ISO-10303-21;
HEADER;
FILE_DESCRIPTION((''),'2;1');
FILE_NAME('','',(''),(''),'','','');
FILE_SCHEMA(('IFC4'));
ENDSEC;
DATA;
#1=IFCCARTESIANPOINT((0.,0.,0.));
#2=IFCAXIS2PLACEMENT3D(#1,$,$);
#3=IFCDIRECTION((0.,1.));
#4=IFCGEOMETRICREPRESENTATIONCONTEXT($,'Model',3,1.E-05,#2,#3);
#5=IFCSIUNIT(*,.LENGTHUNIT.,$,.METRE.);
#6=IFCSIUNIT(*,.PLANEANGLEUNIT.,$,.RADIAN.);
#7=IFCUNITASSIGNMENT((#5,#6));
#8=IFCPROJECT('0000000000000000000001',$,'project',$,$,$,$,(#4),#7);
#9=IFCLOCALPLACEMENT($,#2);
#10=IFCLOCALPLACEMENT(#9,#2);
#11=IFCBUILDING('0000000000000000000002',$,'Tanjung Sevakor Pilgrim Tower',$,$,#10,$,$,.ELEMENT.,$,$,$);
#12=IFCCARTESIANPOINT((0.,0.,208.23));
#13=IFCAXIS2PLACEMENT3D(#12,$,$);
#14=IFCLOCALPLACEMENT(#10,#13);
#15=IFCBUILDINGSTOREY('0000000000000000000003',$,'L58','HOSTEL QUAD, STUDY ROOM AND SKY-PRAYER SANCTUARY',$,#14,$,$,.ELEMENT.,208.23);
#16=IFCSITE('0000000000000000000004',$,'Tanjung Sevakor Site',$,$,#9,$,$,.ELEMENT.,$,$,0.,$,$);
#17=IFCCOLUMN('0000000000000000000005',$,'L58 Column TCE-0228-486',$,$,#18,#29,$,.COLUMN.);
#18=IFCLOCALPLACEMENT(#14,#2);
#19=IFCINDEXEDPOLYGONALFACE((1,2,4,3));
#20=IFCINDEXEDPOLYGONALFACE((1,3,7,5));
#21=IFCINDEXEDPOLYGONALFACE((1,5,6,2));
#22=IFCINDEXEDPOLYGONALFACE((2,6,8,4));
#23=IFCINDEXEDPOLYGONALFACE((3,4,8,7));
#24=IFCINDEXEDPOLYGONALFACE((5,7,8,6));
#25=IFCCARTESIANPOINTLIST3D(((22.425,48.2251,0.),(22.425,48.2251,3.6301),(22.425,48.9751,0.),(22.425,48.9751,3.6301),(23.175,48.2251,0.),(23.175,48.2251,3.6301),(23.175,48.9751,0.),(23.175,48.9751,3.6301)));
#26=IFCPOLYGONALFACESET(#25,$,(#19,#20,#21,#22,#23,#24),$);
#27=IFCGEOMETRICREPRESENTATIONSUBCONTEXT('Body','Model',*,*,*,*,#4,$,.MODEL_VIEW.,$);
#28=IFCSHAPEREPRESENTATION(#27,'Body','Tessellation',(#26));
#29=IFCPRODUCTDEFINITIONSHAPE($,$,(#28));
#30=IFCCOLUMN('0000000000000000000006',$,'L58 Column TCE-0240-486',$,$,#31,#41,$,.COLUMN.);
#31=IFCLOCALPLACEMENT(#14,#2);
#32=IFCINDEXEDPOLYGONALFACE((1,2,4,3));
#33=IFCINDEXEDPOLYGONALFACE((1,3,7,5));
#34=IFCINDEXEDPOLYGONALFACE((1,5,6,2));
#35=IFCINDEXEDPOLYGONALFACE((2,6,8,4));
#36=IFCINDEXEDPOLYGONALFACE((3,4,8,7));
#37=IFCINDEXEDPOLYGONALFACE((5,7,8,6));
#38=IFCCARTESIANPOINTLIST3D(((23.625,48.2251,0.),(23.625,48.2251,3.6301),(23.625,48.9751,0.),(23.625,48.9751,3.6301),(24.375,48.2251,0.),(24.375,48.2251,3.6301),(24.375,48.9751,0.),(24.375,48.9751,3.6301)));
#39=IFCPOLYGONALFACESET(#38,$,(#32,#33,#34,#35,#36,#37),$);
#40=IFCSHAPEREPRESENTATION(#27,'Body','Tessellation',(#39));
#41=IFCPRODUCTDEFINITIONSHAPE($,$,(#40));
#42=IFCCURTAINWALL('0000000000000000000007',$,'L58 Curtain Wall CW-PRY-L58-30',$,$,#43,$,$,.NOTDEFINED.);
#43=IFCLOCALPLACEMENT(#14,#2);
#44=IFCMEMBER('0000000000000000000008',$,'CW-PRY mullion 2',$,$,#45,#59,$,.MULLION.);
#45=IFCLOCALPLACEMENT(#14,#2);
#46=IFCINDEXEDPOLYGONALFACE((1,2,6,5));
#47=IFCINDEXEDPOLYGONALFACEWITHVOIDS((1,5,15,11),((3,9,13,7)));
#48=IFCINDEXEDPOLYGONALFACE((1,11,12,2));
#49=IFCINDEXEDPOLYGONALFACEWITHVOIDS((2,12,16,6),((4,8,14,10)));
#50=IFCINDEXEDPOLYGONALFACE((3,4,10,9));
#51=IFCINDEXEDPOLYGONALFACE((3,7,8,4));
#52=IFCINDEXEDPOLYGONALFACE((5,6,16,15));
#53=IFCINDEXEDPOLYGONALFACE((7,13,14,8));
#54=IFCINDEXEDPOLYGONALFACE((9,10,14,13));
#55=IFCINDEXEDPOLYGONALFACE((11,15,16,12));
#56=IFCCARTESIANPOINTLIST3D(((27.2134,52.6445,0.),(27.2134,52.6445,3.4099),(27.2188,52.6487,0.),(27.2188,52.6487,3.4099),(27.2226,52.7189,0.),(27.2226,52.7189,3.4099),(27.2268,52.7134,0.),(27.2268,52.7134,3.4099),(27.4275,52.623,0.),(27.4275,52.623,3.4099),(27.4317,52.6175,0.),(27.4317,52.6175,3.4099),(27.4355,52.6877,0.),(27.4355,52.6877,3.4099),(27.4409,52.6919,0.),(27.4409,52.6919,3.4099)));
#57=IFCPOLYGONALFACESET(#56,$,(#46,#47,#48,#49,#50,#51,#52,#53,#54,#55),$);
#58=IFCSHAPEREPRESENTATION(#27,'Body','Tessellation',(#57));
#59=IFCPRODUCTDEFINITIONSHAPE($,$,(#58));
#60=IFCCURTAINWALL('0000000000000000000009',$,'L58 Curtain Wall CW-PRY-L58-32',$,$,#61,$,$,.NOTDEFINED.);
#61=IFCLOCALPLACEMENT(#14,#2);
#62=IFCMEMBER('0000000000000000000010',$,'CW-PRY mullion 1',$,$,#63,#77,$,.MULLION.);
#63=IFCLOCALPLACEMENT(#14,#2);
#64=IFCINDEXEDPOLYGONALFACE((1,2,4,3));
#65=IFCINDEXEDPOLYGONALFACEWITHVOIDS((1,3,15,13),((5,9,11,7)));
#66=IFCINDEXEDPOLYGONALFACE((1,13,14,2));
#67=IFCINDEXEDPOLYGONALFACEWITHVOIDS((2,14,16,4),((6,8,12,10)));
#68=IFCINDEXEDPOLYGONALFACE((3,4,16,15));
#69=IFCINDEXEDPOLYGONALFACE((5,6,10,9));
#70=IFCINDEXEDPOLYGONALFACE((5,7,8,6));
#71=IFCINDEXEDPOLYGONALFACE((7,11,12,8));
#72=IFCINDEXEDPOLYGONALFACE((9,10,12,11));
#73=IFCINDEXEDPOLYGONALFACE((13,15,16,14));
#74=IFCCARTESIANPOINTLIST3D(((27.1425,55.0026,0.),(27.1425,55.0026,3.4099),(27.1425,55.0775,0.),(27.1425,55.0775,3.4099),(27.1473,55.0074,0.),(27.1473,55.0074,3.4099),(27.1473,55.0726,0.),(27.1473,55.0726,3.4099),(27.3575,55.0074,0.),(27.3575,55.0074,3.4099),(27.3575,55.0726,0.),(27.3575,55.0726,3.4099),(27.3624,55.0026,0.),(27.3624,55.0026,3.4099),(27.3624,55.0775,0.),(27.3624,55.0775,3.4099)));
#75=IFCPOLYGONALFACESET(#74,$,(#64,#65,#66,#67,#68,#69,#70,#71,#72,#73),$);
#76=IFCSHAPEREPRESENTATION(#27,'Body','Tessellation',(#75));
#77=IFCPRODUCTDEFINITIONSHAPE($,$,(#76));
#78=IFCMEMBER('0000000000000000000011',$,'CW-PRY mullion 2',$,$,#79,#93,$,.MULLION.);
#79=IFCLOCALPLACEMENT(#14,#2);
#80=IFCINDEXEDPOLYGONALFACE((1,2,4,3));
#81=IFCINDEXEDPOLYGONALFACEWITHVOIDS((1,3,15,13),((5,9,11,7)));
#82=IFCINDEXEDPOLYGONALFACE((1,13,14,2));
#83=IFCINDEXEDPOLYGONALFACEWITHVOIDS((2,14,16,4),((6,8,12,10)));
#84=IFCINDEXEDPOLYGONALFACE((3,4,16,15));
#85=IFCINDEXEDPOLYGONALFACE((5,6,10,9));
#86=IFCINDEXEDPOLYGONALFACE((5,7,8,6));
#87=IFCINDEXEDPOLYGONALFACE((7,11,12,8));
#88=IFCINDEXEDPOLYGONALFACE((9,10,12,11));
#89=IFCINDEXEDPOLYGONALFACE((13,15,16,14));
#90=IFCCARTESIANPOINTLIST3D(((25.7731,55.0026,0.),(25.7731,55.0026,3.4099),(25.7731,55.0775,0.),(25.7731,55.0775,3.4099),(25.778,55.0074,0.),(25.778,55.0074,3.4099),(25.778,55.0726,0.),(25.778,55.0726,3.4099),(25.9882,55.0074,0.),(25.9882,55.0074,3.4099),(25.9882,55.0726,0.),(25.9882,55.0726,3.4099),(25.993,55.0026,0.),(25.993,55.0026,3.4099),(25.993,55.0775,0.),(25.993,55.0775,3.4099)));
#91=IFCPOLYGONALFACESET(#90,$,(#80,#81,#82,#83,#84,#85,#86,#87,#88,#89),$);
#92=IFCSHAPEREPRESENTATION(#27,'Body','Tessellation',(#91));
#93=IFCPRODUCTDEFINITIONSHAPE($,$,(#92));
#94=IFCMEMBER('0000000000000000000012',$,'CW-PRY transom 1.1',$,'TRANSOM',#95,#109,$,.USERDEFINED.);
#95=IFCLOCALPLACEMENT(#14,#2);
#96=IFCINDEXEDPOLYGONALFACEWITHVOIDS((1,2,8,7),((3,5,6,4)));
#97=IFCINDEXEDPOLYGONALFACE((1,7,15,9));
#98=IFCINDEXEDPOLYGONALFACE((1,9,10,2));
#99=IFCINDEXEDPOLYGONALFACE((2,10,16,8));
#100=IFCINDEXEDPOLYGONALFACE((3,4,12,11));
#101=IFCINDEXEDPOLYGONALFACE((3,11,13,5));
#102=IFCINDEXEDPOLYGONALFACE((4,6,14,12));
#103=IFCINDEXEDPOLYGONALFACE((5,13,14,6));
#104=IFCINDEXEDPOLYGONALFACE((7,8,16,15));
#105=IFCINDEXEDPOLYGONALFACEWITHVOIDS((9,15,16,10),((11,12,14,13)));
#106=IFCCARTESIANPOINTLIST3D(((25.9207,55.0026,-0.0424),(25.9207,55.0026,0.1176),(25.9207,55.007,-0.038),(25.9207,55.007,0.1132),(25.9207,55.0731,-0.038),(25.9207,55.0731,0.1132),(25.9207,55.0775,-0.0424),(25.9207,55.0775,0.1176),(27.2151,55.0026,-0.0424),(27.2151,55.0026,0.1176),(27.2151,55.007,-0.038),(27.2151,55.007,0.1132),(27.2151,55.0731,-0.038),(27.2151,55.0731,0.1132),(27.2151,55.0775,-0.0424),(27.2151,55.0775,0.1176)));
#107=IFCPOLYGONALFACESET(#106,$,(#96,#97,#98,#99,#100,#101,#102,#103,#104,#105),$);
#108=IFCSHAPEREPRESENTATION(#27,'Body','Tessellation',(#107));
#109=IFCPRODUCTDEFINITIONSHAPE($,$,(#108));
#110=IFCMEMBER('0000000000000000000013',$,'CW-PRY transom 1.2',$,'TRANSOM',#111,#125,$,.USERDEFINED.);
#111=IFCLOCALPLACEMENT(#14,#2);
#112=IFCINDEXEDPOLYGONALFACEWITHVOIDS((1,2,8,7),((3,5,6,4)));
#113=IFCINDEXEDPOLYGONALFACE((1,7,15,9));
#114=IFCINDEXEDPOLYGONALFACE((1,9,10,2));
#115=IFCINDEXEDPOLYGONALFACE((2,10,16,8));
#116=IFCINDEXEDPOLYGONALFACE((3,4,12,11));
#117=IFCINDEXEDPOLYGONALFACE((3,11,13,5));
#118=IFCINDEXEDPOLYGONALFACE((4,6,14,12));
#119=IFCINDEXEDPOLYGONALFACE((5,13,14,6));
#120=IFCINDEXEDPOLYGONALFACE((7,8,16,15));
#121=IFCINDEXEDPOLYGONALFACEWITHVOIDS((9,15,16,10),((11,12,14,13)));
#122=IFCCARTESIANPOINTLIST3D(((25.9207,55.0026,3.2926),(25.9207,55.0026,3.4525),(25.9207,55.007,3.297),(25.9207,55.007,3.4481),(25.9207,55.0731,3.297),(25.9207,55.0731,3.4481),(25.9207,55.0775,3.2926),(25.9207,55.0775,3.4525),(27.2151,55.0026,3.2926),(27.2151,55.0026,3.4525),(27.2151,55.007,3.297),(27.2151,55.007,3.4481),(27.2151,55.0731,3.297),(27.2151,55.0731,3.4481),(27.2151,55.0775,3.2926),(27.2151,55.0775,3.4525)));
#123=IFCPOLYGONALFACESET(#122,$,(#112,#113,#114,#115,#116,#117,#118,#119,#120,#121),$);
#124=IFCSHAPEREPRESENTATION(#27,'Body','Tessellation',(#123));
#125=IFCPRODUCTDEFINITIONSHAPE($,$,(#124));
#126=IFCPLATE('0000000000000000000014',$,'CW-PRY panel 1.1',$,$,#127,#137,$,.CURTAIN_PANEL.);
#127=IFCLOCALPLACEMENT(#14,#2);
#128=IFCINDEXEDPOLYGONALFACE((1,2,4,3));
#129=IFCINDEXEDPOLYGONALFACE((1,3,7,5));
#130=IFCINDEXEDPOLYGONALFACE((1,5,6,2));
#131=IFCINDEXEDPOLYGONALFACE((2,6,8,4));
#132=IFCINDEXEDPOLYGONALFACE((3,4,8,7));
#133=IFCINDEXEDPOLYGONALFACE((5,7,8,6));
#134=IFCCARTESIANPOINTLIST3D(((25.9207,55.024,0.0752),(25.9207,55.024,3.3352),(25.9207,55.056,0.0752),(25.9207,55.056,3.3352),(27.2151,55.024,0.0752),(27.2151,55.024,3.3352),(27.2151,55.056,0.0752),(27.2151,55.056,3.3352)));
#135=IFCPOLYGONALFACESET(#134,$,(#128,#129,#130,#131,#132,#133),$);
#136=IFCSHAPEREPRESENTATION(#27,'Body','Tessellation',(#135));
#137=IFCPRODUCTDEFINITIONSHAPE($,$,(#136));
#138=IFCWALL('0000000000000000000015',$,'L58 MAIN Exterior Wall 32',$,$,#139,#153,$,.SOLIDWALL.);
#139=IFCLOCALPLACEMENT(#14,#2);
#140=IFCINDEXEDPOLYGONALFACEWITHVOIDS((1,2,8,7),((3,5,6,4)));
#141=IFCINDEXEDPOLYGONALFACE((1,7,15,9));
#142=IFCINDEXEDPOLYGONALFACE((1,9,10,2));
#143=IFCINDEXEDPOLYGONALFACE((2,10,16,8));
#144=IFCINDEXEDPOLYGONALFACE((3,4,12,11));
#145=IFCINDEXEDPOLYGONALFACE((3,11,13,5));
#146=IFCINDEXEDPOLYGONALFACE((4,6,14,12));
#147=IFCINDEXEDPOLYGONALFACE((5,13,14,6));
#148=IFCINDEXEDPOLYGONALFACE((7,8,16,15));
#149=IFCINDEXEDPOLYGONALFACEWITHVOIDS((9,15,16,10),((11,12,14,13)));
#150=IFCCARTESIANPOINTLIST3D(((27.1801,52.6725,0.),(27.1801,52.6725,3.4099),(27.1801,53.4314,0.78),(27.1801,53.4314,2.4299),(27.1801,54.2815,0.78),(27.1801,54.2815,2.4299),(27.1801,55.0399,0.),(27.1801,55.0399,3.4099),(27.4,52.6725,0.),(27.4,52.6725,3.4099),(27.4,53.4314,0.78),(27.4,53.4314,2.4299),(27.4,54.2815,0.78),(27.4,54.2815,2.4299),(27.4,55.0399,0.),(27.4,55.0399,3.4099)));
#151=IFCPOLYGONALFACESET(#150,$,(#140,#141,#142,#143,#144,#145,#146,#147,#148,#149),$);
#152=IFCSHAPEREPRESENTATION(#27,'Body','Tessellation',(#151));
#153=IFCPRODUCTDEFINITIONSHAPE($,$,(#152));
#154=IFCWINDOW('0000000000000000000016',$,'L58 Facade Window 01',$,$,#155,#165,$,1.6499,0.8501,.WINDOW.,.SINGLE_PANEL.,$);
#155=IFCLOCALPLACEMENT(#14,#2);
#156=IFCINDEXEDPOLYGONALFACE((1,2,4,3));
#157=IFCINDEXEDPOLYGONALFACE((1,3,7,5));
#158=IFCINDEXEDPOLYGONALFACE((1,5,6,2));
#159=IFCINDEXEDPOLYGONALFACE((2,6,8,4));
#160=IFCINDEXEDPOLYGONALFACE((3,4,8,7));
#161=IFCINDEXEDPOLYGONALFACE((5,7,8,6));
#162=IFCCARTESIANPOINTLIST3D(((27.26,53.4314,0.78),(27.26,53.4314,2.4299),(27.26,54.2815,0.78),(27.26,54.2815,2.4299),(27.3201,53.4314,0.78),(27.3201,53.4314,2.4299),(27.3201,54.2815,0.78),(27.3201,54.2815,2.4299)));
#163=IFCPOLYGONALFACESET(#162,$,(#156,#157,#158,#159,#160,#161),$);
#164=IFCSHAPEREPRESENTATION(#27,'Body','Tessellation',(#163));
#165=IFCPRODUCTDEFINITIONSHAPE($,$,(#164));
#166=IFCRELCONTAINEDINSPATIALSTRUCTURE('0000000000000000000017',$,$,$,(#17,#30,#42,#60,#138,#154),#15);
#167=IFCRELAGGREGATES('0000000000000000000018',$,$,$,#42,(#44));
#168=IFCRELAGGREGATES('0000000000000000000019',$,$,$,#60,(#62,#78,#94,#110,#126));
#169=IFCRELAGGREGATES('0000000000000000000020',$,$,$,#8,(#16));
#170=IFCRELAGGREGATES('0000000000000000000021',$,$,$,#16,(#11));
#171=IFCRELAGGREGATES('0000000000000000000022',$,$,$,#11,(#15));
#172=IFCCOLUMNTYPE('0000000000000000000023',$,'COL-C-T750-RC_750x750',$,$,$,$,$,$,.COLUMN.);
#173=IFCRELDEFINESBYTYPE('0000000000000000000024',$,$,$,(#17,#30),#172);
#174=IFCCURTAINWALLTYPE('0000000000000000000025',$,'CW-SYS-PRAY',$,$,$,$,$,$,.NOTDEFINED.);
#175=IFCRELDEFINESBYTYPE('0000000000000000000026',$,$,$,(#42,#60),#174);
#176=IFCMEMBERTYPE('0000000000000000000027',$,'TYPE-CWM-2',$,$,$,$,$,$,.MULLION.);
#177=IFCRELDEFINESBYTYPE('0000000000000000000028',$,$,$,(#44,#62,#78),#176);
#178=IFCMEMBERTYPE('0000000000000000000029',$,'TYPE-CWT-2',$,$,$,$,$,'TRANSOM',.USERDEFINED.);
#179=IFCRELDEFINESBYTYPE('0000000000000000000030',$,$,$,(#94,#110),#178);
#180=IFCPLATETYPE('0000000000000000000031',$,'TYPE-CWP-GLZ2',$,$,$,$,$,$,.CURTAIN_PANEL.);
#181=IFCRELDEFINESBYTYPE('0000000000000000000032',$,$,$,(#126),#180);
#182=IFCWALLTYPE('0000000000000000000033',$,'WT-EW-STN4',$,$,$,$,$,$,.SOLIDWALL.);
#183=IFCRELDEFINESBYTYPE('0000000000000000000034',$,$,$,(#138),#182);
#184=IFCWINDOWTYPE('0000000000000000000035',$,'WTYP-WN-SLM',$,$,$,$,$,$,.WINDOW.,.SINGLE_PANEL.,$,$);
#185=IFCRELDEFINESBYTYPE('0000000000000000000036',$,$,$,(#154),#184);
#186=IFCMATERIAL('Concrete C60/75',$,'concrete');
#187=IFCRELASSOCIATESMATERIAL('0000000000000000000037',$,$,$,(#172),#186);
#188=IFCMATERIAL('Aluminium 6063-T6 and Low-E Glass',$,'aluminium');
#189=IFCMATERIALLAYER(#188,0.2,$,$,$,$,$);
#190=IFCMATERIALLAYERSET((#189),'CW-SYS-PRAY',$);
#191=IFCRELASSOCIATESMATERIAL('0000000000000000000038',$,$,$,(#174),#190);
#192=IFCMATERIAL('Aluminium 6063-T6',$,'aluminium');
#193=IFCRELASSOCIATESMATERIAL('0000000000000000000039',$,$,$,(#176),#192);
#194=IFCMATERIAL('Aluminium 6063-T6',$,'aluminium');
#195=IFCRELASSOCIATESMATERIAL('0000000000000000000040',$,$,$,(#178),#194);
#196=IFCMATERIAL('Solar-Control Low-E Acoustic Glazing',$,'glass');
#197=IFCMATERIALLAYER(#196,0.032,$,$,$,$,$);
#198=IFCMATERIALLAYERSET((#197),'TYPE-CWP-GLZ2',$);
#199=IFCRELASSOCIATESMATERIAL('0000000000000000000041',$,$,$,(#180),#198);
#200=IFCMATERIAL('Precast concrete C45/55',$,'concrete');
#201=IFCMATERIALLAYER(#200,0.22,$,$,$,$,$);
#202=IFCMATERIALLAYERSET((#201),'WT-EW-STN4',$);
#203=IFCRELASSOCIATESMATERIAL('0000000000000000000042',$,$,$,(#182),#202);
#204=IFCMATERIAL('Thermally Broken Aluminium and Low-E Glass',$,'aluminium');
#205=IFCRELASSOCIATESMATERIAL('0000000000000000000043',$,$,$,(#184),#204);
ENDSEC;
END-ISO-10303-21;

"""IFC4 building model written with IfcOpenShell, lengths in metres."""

from ifc_helpers import new_model, si_unit, direction, frame, frame_2d, origin, origin_2d, place, context, subcontext, project, spatial, rectangle, hollow_rectangle, extrude, material, layer, layer_set, material_profile, profile_set, type_object, element, fill, aggregate, save


model = new_model("IFC4")

# Units and contexts
model_context = context("Model", 3, precision=1e-05, world=origin(), true_north=direction((0.0, 1.0)))
body_context = subcontext(model_context, "Body", "Model", "MODEL_VIEW")
ifc_project = project(units=[si_unit("LENGTHUNIT", "METRE"), si_unit("PLANEANGLEUNIT", "RADIAN")], contexts=[model_context])

# Site, building, storey
site_placement = place(None, origin())
site = spatial("IfcSite", under=ifc_project, at=site_placement, Name="Tanjung Sevakor Site", CompositionType="ELEMENT", RefElevation=0.0)
building_placement = place(site_placement, origin())
building = spatial("IfcBuilding", under=site, at=building_placement, Name="Tanjung Sevakor Pilgrim Tower", CompositionType="ELEMENT")
storey_placement = place(building_placement, frame((0.0, 0.0, 208.23)))
storey = spatial("IfcBuildingStorey", under=building, at=storey_placement, Name="L58", Description="HOSTEL QUAD, STUDY ROOM AND SKY-PRAYER SANCTUARY", CompositionType="ELEMENT", Elevation=208.23)

# Columns
ifc_material_1 = material(Name="Concrete C60/75", Category="concrete")
ifc_material_profile_1 = material_profile(ifc_material_1, rectangle(XDim=0.75, YDim=0.75, at=origin_2d()))
ifc_profile_set_1 = profile_set([ifc_material_profile_1], Name="Concrete C60/75")
column_type = type_object("IfcColumnType", Name="COL-C-T750-RC_750x750", PredefinedType="COLUMN", material=ifc_profile_set_1)
for number, where, z_axis, x_axis, name in (
    (1, (22.8, 48.6001, 0.0), (0.0, 0.0, 1.0), (1.0, 0.0, 0.0), "L58 Column TCE-0228-486"),
    (2, (24.0, 48.6001, 0.0), (0.0, 0.0, 1.0), (1.0, 0.0, 0.0), "L58 Column TCE-0240-486"),
):
    element("IfcColumn", number, at=place(storey_placement, frame(where, z_axis=z_axis, x_axis=x_axis)), inside=storey, type_object=column_type, Name=name, PredefinedType="COLUMN", context=body_context, shape_type="SweptSolid", body=[
        extrude(rectangle(XDim=0.75, YDim=0.75, at=origin_2d()), origin(), (0.0, 0.0, 1.0), 3.6301),
    ])

# Curtain wall, member
ifc_material_2 = material(Name="Aluminium 6063-T6 and Low-E Glass", Category="aluminium")
ifc_layer_1 = layer(ifc_material_2, 0.2)
ifc_layer_set_1 = layer_set([ifc_layer_1], Name="CW-SYS-PRAY")
curtain_wall_type = type_object("IfcCurtainWallType", Name="CW-SYS-PRAY", PredefinedType="NOTDEFINED", material=ifc_layer_set_1)
curtain_wall_1_placement = place(storey_placement, origin())
curtain_wall_1 = element("IfcCurtainWall", 3, at=curtain_wall_1_placement, inside=storey, type_object=curtain_wall_type, Name="L58 Curtain Wall CW-PRY-L58-30", PredefinedType="NOTDEFINED")
ifc_material_3 = material(Name="Aluminium 6063-T6", Category="aluminium")
ifc_material_profile_2 = material_profile(ifc_material_3, hollow_rectangle(XDim=0.075, YDim=0.22, WallThickness=0.0049, at=origin_2d()))
ifc_profile_set_2 = profile_set([ifc_material_profile_2], Name="Aluminium 6063-T6")
member_type_1 = type_object("IfcMemberType", Name="TYPE-CWM-2", PredefinedType="MULLION", material=ifc_profile_set_2)
member_1_placement = place(storey_placement, frame((27.3271, 52.6682, 0.0), z_axis=(0.0, 0.0, 1.0), x_axis=(-0.122508, -0.992468, 0.0)))
member_1 = element("IfcMember", 4, at=member_1_placement, type_object=member_type_1, Name="CW-PRY mullion 2", PredefinedType="MULLION", context=body_context, shape_type="SweptSolid", body=[
    extrude(hollow_rectangle(XDim=0.075, YDim=0.22, WallThickness=0.0049, at=origin_2d()), origin(), (0.0, 0.0, 1.0), 3.4099),
])
aggregate(curtain_wall_1, [member_1])

# Curtain wall, members, plate
curtain_wall_2_placement = place(storey_placement, origin())
curtain_wall_2 = element("IfcCurtainWall", 5, at=curtain_wall_2_placement, inside=storey, type_object=curtain_wall_type, Name="L58 Curtain Wall CW-PRY-L58-32", PredefinedType="NOTDEFINED")
member_2_placement = place(storey_placement, frame((27.2524, 55.04, 0.0), z_axis=(0.0, 0.0, 1.0), x_axis=(0.0, -1.0, 0.0)))
member_2 = element("IfcMember", 6, at=member_2_placement, type_object=member_type_1, Name="CW-PRY mullion 1", PredefinedType="MULLION", context=body_context, shape_type="SweptSolid", body=[
    extrude(hollow_rectangle(XDim=0.075, YDim=0.22, WallThickness=0.0049, at=origin_2d()), origin(), (0.0, 0.0, 1.0), 3.4099),
])
member_3_placement = place(storey_placement, frame((25.8831, 55.04, 0.0), z_axis=(0.0, 0.0, 1.0), x_axis=(0.0, -1.0, 0.0)))
member_3 = element("IfcMember", 7, at=member_3_placement, type_object=member_type_1, Name="CW-PRY mullion 2", PredefinedType="MULLION", context=body_context, shape_type="SweptSolid", body=[
    extrude(hollow_rectangle(XDim=0.075, YDim=0.22, WallThickness=0.0049, at=origin_2d()), origin(), (0.0, 0.0, 1.0), 3.4099),
])
ifc_material_4 = material(Name="Aluminium 6063-T6", Category="aluminium")
ifc_material_profile_3 = material_profile(ifc_material_4, hollow_rectangle(XDim=0.075, YDim=0.1599, WallThickness=0.0044, at=origin_2d()))
ifc_profile_set_3 = profile_set([ifc_material_profile_3], Name="Aluminium 6063-T6")
member_type_2 = type_object("IfcMemberType", Name="TYPE-CWT-2", ElementType="TRANSOM", PredefinedType="USERDEFINED", material=ifc_profile_set_3)
member_4_placement = place(storey_placement, frame((27.2151, 55.04, 0.0376), z_axis=(-1.0, 0.0, 0.0), x_axis=(0.0, -1.0, 0.0)))
member_4 = element("IfcMember", 8, at=member_4_placement, type_object=member_type_2, Name="CW-PRY transom 1.1", ObjectType="TRANSOM", PredefinedType="USERDEFINED", context=body_context, shape_type="SweptSolid", body=[
    extrude(hollow_rectangle(XDim=0.075, YDim=0.1599, WallThickness=0.0044, at=origin_2d()), origin(), (0.0, 0.0, 1.0), 1.2944),
])
member_5_placement = place(storey_placement, frame((27.2151, 55.04, 3.3726), z_axis=(-1.0, 0.0, 0.0), x_axis=(0.0, -1.0, 0.0)))
member_5 = element("IfcMember", 9, at=member_5_placement, type_object=member_type_2, Name="CW-PRY transom 1.2", ObjectType="TRANSOM", PredefinedType="USERDEFINED", context=body_context, shape_type="SweptSolid", body=[
    extrude(hollow_rectangle(XDim=0.075, YDim=0.1599, WallThickness=0.0044, at=origin_2d()), origin(), (0.0, 0.0, 1.0), 1.2944),
])
ifc_material_5 = material(Name="Solar-Control Low-E Acoustic Glazing", Category="glass")
ifc_layer_2 = layer(ifc_material_5, 0.032)
ifc_layer_set_2 = layer_set([ifc_layer_2], Name="TYPE-CWP-GLZ2")
plate_type = type_object("IfcPlateType", Name="TYPE-CWP-GLZ2", PredefinedType="CURTAIN_PANEL", material=ifc_layer_set_2)
plate_placement = place(storey_placement, frame((26.5679, 55.04, 0.0752), z_axis=(0.0, 0.0, 1.0), x_axis=(-1.0, 0.0, 0.0)))
plate = element("IfcPlate", 10, at=plate_placement, type_object=plate_type, Name="CW-PRY panel 1.1", PredefinedType="CURTAIN_PANEL", context=body_context, shape_type="SweptSolid", body=[
    extrude(rectangle(XDim=1.2944, YDim=0.032, at=origin_2d()), origin(), (0.0, 0.0, 1.0), 3.26),
])
aggregate(curtain_wall_2, [member_2, member_3, member_4, member_5, plate])

# Wall, opening, window
ifc_material_6 = material(Name="Precast concrete C45/55", Category="concrete")
ifc_layer_3 = layer(ifc_material_6, 0.22)
ifc_layer_set_3 = layer_set([ifc_layer_3], Name="WT-EW-STN4")
wall_type = type_object("IfcWallType", Name="WT-EW-STN4", PredefinedType="SOLIDWALL", material=ifc_layer_set_3)
wall_1_placement = place(storey_placement, frame((27.29, 52.6726, 0.0), z_axis=(0.0, 0.0, 1.0), x_axis=(0.0, 1.0, 0.0)))
wall_1 = element("IfcWall", 11, at=wall_1_placement, inside=storey, type_object=wall_type, Name="L58 MAIN Exterior Wall 32", PredefinedType="SOLIDWALL", context=body_context, shape_type="SweptSolid", body=[
    extrude(rectangle(XDim=2.3674, YDim=0.22, at=frame_2d((1.1836, 0.0))), origin(), (0.0, 0.0, 1.0), 3.4099),
])
opening_1_placement = place(wall_1_placement, frame((0.7588, 0.0, 0.78)))
opening_1 = element("IfcOpeningElement", 12, at=opening_1_placement, cuts=wall_1, PredefinedType="OPENING", context=body_context, shape_type="SweptSolid", body=[
    extrude(rectangle(XDim=0.8501, YDim=1.6499, at=frame_2d((0.425, 0.825))), frame((0.0, 0.1199, 0.0), z_axis=(0.0, -1.0, 0.0), x_axis=(1.0, 0.0, 0.0)), (0.0, 0.0, 1.0), 0.24),
])
ifc_material_7 = material(Name="Thermally Broken Aluminium and Low-E Glass", Category="aluminium")
window_type_1 = type_object("IfcWindowType", Name="WTYP-WN-SLM", PartitioningType="SINGLE_PANEL", PredefinedType="WINDOW", material=ifc_material_7)
window_1_placement = place(opening_1_placement, origin())
window_1 = element("IfcWindow", 13, at=window_1_placement, inside=storey, type_object=window_type_1, Name="L58 Facade Window 01", OverallHeight=1.6499, OverallWidth=0.8501, PartitioningType="SINGLE_PANEL", PredefinedType="WINDOW", context=body_context, shape_type="SweptSolid", body=[
    extrude(rectangle(XDim=0.8501, YDim=1.6499, at=frame_2d((0.425, 0.825))), frame((0.0, 0.03, 0.0), z_axis=(0.0, -1.0, 0.0), x_axis=(1.0, 0.0, 0.0)), (0.0, 0.0, 1.0), 0.0601),
])
fill(opening_1, window_1)

save(model, "model.ifc")
